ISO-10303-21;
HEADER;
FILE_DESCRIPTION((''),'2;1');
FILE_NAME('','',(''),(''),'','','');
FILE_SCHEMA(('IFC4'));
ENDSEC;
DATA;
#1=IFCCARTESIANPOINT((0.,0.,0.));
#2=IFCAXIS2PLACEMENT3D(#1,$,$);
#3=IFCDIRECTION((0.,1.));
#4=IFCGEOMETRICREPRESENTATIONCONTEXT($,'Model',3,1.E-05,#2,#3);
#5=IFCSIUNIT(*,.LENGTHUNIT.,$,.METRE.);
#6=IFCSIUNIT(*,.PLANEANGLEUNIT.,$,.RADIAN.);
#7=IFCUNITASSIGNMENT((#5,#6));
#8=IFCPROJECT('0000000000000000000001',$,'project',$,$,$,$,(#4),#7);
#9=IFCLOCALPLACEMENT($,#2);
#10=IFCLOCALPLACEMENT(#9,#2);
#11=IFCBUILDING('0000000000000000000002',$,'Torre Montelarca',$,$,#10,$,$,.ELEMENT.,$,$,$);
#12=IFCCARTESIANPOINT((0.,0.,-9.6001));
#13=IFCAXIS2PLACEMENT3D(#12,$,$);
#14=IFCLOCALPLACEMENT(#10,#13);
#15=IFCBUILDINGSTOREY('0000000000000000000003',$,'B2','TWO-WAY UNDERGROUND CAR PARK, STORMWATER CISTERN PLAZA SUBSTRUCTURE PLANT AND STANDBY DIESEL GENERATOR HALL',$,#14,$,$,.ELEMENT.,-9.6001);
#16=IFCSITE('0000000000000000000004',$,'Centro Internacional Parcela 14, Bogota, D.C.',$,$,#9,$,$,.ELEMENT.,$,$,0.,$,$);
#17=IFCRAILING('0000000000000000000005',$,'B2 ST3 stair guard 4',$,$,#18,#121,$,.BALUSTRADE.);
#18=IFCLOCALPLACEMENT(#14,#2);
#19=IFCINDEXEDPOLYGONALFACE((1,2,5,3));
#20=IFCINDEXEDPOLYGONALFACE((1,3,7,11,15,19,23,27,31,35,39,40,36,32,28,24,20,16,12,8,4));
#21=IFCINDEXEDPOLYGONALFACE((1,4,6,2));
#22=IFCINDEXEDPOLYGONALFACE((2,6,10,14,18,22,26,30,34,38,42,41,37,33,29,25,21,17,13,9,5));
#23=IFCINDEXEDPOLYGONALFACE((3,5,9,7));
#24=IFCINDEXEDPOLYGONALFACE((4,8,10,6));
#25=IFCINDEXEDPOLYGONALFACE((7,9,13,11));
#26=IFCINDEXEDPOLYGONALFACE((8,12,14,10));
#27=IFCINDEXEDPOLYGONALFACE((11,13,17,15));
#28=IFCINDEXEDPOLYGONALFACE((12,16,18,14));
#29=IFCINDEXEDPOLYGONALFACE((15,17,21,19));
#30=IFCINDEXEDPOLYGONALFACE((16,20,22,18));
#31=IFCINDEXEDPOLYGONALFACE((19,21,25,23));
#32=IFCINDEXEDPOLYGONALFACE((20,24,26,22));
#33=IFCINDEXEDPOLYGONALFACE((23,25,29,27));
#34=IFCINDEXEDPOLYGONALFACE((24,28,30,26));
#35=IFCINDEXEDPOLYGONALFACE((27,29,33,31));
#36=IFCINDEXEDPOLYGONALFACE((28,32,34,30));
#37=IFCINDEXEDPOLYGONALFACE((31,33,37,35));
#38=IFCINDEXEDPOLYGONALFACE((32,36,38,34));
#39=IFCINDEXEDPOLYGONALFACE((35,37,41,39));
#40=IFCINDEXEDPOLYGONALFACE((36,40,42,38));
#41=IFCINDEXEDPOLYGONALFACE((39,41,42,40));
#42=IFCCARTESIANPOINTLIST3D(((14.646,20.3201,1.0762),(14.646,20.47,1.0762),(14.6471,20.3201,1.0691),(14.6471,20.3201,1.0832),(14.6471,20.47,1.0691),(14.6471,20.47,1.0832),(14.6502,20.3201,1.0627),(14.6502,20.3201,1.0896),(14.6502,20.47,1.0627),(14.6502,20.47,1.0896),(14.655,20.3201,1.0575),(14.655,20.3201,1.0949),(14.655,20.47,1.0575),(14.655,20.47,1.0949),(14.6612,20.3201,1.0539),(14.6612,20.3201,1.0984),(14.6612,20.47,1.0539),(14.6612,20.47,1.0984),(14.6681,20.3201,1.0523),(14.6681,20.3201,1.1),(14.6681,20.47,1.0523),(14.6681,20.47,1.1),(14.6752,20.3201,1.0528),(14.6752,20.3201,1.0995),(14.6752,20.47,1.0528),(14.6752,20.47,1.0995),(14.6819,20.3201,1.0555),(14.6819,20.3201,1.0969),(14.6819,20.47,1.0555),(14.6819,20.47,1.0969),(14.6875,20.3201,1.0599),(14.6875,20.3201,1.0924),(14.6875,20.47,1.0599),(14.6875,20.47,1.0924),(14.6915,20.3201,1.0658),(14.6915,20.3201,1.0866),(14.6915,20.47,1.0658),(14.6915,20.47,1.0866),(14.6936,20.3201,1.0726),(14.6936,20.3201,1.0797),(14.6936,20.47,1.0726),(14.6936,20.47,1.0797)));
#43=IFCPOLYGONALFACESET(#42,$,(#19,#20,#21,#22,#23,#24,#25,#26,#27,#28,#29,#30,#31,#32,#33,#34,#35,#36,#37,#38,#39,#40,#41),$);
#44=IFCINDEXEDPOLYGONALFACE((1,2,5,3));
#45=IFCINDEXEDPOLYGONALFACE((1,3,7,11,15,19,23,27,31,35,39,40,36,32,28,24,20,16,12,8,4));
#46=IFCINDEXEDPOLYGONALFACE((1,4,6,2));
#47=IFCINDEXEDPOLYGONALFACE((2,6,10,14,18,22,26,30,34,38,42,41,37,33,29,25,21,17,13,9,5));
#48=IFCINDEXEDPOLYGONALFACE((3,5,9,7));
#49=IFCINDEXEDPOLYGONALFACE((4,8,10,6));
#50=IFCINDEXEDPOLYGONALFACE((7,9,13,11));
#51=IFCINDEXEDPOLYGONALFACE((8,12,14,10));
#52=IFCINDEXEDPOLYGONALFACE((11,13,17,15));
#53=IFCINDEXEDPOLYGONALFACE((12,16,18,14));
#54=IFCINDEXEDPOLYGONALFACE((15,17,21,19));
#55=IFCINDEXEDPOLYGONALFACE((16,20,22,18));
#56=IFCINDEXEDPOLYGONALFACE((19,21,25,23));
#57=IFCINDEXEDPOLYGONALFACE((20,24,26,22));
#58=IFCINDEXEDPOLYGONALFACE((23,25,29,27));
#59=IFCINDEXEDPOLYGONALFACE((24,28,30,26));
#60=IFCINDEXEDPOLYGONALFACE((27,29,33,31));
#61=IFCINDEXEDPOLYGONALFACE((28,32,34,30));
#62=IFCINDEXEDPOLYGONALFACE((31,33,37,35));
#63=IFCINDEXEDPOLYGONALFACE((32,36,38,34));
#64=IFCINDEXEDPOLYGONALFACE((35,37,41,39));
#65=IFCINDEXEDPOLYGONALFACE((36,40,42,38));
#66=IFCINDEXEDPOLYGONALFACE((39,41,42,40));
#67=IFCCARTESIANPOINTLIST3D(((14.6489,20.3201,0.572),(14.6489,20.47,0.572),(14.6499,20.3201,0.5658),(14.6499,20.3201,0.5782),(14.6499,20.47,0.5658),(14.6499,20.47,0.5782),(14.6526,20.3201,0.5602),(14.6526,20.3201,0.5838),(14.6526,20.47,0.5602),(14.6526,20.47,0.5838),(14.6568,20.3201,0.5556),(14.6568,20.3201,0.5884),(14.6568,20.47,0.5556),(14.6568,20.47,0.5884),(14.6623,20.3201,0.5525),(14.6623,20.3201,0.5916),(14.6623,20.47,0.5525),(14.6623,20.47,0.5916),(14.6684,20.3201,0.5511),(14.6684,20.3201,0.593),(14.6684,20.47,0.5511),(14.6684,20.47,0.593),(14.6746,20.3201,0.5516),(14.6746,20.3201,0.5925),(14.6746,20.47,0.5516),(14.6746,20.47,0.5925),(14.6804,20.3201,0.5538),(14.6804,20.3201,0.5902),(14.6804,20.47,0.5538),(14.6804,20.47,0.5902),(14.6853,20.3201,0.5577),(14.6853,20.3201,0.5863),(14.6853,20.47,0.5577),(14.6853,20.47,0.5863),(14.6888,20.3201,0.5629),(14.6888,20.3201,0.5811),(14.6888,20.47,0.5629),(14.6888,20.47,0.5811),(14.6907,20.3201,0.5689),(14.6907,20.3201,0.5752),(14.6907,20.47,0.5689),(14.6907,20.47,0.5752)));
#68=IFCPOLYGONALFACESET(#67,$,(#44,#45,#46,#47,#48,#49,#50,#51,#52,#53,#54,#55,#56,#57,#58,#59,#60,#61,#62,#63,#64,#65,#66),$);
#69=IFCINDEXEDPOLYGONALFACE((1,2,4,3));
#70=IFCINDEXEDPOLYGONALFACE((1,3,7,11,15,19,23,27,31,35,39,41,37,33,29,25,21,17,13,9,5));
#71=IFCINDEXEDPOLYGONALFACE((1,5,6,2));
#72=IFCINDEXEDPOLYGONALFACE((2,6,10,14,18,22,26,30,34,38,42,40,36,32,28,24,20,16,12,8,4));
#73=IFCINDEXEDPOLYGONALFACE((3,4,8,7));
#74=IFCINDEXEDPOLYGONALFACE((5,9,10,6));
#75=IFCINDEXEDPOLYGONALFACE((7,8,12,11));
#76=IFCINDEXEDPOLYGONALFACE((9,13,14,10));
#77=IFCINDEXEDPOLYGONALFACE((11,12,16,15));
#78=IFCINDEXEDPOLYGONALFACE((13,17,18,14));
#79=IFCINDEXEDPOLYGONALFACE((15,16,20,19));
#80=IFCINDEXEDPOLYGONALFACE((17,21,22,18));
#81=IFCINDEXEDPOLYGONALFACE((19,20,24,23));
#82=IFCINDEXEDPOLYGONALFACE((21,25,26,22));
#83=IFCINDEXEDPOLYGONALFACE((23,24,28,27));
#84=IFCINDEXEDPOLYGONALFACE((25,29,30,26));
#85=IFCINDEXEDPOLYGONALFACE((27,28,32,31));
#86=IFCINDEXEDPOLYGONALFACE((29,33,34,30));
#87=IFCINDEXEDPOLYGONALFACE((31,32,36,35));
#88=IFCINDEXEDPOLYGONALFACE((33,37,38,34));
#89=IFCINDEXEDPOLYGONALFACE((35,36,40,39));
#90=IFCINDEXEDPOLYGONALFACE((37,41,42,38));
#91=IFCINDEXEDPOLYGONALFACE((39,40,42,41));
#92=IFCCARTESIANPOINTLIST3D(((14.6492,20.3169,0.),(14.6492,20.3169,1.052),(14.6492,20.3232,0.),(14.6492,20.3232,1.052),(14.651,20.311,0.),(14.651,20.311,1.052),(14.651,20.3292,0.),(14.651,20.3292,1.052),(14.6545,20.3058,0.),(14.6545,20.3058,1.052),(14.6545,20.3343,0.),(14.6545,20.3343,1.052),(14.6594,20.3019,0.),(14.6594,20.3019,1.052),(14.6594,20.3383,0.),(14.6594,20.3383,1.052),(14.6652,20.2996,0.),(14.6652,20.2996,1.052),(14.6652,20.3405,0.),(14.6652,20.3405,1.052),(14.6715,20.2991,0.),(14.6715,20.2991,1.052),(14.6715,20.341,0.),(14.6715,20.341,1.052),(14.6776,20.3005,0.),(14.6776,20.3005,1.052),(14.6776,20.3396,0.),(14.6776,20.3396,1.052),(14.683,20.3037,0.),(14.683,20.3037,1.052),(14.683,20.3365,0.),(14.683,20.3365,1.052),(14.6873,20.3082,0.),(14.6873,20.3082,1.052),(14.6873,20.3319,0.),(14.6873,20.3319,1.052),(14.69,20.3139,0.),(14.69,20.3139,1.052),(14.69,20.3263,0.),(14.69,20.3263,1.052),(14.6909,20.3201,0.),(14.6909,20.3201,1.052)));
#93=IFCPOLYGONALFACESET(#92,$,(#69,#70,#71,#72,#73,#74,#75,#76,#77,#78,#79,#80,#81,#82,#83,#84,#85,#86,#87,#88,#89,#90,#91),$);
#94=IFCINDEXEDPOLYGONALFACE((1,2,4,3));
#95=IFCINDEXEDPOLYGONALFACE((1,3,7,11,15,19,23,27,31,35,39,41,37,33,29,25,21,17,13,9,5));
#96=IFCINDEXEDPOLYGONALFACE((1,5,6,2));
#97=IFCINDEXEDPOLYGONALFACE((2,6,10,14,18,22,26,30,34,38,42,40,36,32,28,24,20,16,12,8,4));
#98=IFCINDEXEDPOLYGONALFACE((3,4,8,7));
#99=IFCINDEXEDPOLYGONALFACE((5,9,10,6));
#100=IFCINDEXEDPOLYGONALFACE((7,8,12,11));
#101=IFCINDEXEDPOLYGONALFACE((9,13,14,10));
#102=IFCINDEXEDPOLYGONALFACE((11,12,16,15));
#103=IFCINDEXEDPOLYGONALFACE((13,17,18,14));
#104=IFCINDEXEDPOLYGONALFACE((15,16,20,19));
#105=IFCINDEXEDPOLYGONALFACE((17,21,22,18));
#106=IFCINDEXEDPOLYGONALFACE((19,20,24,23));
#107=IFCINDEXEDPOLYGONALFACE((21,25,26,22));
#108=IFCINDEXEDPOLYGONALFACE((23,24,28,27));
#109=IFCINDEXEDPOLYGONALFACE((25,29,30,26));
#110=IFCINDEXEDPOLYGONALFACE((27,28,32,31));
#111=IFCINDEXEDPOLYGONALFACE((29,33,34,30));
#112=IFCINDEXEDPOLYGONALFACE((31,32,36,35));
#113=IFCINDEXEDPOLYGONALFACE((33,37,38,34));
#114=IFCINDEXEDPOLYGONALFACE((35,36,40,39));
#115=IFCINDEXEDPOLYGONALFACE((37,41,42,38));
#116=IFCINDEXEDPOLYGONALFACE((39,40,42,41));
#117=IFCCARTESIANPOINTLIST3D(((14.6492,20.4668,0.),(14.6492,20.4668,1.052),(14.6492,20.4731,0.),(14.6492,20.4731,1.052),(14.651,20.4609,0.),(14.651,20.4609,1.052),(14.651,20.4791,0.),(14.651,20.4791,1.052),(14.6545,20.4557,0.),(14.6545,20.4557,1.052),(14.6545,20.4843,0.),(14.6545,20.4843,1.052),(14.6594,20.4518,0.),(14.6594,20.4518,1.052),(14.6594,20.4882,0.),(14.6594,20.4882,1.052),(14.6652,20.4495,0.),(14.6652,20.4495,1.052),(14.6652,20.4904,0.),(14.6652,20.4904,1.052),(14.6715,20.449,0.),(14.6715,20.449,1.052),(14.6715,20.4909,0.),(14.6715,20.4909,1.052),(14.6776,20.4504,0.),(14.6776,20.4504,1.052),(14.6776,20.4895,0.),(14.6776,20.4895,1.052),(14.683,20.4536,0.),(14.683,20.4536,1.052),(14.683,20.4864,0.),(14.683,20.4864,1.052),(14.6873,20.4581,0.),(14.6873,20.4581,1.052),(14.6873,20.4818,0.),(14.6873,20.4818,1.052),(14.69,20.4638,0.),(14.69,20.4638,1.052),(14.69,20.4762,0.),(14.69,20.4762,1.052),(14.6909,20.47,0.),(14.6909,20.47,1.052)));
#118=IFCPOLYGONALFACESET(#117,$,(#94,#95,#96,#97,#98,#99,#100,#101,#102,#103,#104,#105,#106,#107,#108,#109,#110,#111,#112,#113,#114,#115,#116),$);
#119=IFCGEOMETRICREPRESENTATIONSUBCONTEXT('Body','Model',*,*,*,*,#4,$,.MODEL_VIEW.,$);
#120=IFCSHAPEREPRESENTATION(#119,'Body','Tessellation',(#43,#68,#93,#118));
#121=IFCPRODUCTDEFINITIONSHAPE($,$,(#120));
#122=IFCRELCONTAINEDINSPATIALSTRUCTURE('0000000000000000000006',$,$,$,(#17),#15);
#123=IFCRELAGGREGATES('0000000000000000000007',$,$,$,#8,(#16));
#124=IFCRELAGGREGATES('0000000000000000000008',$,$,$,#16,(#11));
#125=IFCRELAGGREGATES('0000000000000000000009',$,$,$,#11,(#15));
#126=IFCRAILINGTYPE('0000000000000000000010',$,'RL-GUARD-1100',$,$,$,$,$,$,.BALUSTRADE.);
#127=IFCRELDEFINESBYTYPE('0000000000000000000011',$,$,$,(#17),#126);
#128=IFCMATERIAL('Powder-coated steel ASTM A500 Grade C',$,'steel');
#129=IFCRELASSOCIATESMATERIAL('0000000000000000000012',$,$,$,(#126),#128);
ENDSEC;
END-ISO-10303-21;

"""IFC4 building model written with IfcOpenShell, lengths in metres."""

from ifc_helpers import new_model, si_unit, direction, frame, origin, origin_2d, place, context, subcontext, project, spatial, circle, extrude, material, type_object, element, save


model = new_model("IFC4")

# Units and contexts
model_context = context("Model", 3, precision=1e-05, world=origin(), true_north=direction((0.0, 1.0)))
body_context = subcontext(model_context, "Body", "Model", "MODEL_VIEW")
ifc_project = project(units=[si_unit("LENGTHUNIT", "METRE"), si_unit("PLANEANGLEUNIT", "RADIAN")], contexts=[model_context])

# Site, building, storey
site_placement = place(None, origin())
site = spatial("IfcSite", under=ifc_project, at=site_placement, Name="Centro Internacional Parcela 14, Bogota, D.C.", CompositionType="ELEMENT", RefElevation=0.0)
building_placement = place(site_placement, origin())
building = spatial("IfcBuilding", under=site, at=building_placement, Name="Torre Montelarca", CompositionType="ELEMENT")
storey_placement = place(building_placement, frame((0.0, 0.0, -9.6001)))
storey = spatial("IfcBuildingStorey", under=building, at=storey_placement, Name="B2", Description="TWO-WAY UNDERGROUND CAR PARK, STORMWATER CISTERN PLAZA SUBSTRUCTURE PLANT AND STANDBY DIESEL GENERATOR HALL", CompositionType="ELEMENT", Elevation=-9.6001)

# Railing
ifc_material_1 = material(Name="Powder-coated steel ASTM A500 Grade C", Category="steel")
railing_type_1 = type_object("IfcRailingType", Name="RL-GUARD-1100", PredefinedType="BALUSTRADE", material=ifc_material_1)
railing_1_placement = place(storey_placement, frame((14.6699, 20.3201, 0.0)))
element("IfcRailing", 1, at=railing_1_placement, inside=storey, type_object=railing_type_1, Name="B2 ST3 stair guard 4", PredefinedType="BALUSTRADE", context=body_context, shape_type="SweptSolid", body=[
    extrude(circle(Radius=0.0239, at=origin_2d()), frame((0.0, 0.0, 1.0762), z_axis=(0.0, 1.0, 0.0), x_axis=(-1.0, 0.0, 0.0)), (0.0, 0.0, 1.0), 0.1499),
    extrude(circle(Radius=0.021, at=origin_2d()), frame((0.0, 0.0, 0.572), z_axis=(0.0, 1.0, 0.0), x_axis=(-1.0, 0.0, 0.0)), (0.0, 0.0, 1.0), 0.1499),
    extrude(circle(Radius=0.021, at=origin_2d()), origin(), (0.0, 0.0, 1.0), 1.052),
    extrude(circle(Radius=0.021, at=origin_2d()), frame((0.0, 0.1499, 0.0)), (0.0, 0.0, 1.0), 1.052),
])

save(model, "model.ifc")
